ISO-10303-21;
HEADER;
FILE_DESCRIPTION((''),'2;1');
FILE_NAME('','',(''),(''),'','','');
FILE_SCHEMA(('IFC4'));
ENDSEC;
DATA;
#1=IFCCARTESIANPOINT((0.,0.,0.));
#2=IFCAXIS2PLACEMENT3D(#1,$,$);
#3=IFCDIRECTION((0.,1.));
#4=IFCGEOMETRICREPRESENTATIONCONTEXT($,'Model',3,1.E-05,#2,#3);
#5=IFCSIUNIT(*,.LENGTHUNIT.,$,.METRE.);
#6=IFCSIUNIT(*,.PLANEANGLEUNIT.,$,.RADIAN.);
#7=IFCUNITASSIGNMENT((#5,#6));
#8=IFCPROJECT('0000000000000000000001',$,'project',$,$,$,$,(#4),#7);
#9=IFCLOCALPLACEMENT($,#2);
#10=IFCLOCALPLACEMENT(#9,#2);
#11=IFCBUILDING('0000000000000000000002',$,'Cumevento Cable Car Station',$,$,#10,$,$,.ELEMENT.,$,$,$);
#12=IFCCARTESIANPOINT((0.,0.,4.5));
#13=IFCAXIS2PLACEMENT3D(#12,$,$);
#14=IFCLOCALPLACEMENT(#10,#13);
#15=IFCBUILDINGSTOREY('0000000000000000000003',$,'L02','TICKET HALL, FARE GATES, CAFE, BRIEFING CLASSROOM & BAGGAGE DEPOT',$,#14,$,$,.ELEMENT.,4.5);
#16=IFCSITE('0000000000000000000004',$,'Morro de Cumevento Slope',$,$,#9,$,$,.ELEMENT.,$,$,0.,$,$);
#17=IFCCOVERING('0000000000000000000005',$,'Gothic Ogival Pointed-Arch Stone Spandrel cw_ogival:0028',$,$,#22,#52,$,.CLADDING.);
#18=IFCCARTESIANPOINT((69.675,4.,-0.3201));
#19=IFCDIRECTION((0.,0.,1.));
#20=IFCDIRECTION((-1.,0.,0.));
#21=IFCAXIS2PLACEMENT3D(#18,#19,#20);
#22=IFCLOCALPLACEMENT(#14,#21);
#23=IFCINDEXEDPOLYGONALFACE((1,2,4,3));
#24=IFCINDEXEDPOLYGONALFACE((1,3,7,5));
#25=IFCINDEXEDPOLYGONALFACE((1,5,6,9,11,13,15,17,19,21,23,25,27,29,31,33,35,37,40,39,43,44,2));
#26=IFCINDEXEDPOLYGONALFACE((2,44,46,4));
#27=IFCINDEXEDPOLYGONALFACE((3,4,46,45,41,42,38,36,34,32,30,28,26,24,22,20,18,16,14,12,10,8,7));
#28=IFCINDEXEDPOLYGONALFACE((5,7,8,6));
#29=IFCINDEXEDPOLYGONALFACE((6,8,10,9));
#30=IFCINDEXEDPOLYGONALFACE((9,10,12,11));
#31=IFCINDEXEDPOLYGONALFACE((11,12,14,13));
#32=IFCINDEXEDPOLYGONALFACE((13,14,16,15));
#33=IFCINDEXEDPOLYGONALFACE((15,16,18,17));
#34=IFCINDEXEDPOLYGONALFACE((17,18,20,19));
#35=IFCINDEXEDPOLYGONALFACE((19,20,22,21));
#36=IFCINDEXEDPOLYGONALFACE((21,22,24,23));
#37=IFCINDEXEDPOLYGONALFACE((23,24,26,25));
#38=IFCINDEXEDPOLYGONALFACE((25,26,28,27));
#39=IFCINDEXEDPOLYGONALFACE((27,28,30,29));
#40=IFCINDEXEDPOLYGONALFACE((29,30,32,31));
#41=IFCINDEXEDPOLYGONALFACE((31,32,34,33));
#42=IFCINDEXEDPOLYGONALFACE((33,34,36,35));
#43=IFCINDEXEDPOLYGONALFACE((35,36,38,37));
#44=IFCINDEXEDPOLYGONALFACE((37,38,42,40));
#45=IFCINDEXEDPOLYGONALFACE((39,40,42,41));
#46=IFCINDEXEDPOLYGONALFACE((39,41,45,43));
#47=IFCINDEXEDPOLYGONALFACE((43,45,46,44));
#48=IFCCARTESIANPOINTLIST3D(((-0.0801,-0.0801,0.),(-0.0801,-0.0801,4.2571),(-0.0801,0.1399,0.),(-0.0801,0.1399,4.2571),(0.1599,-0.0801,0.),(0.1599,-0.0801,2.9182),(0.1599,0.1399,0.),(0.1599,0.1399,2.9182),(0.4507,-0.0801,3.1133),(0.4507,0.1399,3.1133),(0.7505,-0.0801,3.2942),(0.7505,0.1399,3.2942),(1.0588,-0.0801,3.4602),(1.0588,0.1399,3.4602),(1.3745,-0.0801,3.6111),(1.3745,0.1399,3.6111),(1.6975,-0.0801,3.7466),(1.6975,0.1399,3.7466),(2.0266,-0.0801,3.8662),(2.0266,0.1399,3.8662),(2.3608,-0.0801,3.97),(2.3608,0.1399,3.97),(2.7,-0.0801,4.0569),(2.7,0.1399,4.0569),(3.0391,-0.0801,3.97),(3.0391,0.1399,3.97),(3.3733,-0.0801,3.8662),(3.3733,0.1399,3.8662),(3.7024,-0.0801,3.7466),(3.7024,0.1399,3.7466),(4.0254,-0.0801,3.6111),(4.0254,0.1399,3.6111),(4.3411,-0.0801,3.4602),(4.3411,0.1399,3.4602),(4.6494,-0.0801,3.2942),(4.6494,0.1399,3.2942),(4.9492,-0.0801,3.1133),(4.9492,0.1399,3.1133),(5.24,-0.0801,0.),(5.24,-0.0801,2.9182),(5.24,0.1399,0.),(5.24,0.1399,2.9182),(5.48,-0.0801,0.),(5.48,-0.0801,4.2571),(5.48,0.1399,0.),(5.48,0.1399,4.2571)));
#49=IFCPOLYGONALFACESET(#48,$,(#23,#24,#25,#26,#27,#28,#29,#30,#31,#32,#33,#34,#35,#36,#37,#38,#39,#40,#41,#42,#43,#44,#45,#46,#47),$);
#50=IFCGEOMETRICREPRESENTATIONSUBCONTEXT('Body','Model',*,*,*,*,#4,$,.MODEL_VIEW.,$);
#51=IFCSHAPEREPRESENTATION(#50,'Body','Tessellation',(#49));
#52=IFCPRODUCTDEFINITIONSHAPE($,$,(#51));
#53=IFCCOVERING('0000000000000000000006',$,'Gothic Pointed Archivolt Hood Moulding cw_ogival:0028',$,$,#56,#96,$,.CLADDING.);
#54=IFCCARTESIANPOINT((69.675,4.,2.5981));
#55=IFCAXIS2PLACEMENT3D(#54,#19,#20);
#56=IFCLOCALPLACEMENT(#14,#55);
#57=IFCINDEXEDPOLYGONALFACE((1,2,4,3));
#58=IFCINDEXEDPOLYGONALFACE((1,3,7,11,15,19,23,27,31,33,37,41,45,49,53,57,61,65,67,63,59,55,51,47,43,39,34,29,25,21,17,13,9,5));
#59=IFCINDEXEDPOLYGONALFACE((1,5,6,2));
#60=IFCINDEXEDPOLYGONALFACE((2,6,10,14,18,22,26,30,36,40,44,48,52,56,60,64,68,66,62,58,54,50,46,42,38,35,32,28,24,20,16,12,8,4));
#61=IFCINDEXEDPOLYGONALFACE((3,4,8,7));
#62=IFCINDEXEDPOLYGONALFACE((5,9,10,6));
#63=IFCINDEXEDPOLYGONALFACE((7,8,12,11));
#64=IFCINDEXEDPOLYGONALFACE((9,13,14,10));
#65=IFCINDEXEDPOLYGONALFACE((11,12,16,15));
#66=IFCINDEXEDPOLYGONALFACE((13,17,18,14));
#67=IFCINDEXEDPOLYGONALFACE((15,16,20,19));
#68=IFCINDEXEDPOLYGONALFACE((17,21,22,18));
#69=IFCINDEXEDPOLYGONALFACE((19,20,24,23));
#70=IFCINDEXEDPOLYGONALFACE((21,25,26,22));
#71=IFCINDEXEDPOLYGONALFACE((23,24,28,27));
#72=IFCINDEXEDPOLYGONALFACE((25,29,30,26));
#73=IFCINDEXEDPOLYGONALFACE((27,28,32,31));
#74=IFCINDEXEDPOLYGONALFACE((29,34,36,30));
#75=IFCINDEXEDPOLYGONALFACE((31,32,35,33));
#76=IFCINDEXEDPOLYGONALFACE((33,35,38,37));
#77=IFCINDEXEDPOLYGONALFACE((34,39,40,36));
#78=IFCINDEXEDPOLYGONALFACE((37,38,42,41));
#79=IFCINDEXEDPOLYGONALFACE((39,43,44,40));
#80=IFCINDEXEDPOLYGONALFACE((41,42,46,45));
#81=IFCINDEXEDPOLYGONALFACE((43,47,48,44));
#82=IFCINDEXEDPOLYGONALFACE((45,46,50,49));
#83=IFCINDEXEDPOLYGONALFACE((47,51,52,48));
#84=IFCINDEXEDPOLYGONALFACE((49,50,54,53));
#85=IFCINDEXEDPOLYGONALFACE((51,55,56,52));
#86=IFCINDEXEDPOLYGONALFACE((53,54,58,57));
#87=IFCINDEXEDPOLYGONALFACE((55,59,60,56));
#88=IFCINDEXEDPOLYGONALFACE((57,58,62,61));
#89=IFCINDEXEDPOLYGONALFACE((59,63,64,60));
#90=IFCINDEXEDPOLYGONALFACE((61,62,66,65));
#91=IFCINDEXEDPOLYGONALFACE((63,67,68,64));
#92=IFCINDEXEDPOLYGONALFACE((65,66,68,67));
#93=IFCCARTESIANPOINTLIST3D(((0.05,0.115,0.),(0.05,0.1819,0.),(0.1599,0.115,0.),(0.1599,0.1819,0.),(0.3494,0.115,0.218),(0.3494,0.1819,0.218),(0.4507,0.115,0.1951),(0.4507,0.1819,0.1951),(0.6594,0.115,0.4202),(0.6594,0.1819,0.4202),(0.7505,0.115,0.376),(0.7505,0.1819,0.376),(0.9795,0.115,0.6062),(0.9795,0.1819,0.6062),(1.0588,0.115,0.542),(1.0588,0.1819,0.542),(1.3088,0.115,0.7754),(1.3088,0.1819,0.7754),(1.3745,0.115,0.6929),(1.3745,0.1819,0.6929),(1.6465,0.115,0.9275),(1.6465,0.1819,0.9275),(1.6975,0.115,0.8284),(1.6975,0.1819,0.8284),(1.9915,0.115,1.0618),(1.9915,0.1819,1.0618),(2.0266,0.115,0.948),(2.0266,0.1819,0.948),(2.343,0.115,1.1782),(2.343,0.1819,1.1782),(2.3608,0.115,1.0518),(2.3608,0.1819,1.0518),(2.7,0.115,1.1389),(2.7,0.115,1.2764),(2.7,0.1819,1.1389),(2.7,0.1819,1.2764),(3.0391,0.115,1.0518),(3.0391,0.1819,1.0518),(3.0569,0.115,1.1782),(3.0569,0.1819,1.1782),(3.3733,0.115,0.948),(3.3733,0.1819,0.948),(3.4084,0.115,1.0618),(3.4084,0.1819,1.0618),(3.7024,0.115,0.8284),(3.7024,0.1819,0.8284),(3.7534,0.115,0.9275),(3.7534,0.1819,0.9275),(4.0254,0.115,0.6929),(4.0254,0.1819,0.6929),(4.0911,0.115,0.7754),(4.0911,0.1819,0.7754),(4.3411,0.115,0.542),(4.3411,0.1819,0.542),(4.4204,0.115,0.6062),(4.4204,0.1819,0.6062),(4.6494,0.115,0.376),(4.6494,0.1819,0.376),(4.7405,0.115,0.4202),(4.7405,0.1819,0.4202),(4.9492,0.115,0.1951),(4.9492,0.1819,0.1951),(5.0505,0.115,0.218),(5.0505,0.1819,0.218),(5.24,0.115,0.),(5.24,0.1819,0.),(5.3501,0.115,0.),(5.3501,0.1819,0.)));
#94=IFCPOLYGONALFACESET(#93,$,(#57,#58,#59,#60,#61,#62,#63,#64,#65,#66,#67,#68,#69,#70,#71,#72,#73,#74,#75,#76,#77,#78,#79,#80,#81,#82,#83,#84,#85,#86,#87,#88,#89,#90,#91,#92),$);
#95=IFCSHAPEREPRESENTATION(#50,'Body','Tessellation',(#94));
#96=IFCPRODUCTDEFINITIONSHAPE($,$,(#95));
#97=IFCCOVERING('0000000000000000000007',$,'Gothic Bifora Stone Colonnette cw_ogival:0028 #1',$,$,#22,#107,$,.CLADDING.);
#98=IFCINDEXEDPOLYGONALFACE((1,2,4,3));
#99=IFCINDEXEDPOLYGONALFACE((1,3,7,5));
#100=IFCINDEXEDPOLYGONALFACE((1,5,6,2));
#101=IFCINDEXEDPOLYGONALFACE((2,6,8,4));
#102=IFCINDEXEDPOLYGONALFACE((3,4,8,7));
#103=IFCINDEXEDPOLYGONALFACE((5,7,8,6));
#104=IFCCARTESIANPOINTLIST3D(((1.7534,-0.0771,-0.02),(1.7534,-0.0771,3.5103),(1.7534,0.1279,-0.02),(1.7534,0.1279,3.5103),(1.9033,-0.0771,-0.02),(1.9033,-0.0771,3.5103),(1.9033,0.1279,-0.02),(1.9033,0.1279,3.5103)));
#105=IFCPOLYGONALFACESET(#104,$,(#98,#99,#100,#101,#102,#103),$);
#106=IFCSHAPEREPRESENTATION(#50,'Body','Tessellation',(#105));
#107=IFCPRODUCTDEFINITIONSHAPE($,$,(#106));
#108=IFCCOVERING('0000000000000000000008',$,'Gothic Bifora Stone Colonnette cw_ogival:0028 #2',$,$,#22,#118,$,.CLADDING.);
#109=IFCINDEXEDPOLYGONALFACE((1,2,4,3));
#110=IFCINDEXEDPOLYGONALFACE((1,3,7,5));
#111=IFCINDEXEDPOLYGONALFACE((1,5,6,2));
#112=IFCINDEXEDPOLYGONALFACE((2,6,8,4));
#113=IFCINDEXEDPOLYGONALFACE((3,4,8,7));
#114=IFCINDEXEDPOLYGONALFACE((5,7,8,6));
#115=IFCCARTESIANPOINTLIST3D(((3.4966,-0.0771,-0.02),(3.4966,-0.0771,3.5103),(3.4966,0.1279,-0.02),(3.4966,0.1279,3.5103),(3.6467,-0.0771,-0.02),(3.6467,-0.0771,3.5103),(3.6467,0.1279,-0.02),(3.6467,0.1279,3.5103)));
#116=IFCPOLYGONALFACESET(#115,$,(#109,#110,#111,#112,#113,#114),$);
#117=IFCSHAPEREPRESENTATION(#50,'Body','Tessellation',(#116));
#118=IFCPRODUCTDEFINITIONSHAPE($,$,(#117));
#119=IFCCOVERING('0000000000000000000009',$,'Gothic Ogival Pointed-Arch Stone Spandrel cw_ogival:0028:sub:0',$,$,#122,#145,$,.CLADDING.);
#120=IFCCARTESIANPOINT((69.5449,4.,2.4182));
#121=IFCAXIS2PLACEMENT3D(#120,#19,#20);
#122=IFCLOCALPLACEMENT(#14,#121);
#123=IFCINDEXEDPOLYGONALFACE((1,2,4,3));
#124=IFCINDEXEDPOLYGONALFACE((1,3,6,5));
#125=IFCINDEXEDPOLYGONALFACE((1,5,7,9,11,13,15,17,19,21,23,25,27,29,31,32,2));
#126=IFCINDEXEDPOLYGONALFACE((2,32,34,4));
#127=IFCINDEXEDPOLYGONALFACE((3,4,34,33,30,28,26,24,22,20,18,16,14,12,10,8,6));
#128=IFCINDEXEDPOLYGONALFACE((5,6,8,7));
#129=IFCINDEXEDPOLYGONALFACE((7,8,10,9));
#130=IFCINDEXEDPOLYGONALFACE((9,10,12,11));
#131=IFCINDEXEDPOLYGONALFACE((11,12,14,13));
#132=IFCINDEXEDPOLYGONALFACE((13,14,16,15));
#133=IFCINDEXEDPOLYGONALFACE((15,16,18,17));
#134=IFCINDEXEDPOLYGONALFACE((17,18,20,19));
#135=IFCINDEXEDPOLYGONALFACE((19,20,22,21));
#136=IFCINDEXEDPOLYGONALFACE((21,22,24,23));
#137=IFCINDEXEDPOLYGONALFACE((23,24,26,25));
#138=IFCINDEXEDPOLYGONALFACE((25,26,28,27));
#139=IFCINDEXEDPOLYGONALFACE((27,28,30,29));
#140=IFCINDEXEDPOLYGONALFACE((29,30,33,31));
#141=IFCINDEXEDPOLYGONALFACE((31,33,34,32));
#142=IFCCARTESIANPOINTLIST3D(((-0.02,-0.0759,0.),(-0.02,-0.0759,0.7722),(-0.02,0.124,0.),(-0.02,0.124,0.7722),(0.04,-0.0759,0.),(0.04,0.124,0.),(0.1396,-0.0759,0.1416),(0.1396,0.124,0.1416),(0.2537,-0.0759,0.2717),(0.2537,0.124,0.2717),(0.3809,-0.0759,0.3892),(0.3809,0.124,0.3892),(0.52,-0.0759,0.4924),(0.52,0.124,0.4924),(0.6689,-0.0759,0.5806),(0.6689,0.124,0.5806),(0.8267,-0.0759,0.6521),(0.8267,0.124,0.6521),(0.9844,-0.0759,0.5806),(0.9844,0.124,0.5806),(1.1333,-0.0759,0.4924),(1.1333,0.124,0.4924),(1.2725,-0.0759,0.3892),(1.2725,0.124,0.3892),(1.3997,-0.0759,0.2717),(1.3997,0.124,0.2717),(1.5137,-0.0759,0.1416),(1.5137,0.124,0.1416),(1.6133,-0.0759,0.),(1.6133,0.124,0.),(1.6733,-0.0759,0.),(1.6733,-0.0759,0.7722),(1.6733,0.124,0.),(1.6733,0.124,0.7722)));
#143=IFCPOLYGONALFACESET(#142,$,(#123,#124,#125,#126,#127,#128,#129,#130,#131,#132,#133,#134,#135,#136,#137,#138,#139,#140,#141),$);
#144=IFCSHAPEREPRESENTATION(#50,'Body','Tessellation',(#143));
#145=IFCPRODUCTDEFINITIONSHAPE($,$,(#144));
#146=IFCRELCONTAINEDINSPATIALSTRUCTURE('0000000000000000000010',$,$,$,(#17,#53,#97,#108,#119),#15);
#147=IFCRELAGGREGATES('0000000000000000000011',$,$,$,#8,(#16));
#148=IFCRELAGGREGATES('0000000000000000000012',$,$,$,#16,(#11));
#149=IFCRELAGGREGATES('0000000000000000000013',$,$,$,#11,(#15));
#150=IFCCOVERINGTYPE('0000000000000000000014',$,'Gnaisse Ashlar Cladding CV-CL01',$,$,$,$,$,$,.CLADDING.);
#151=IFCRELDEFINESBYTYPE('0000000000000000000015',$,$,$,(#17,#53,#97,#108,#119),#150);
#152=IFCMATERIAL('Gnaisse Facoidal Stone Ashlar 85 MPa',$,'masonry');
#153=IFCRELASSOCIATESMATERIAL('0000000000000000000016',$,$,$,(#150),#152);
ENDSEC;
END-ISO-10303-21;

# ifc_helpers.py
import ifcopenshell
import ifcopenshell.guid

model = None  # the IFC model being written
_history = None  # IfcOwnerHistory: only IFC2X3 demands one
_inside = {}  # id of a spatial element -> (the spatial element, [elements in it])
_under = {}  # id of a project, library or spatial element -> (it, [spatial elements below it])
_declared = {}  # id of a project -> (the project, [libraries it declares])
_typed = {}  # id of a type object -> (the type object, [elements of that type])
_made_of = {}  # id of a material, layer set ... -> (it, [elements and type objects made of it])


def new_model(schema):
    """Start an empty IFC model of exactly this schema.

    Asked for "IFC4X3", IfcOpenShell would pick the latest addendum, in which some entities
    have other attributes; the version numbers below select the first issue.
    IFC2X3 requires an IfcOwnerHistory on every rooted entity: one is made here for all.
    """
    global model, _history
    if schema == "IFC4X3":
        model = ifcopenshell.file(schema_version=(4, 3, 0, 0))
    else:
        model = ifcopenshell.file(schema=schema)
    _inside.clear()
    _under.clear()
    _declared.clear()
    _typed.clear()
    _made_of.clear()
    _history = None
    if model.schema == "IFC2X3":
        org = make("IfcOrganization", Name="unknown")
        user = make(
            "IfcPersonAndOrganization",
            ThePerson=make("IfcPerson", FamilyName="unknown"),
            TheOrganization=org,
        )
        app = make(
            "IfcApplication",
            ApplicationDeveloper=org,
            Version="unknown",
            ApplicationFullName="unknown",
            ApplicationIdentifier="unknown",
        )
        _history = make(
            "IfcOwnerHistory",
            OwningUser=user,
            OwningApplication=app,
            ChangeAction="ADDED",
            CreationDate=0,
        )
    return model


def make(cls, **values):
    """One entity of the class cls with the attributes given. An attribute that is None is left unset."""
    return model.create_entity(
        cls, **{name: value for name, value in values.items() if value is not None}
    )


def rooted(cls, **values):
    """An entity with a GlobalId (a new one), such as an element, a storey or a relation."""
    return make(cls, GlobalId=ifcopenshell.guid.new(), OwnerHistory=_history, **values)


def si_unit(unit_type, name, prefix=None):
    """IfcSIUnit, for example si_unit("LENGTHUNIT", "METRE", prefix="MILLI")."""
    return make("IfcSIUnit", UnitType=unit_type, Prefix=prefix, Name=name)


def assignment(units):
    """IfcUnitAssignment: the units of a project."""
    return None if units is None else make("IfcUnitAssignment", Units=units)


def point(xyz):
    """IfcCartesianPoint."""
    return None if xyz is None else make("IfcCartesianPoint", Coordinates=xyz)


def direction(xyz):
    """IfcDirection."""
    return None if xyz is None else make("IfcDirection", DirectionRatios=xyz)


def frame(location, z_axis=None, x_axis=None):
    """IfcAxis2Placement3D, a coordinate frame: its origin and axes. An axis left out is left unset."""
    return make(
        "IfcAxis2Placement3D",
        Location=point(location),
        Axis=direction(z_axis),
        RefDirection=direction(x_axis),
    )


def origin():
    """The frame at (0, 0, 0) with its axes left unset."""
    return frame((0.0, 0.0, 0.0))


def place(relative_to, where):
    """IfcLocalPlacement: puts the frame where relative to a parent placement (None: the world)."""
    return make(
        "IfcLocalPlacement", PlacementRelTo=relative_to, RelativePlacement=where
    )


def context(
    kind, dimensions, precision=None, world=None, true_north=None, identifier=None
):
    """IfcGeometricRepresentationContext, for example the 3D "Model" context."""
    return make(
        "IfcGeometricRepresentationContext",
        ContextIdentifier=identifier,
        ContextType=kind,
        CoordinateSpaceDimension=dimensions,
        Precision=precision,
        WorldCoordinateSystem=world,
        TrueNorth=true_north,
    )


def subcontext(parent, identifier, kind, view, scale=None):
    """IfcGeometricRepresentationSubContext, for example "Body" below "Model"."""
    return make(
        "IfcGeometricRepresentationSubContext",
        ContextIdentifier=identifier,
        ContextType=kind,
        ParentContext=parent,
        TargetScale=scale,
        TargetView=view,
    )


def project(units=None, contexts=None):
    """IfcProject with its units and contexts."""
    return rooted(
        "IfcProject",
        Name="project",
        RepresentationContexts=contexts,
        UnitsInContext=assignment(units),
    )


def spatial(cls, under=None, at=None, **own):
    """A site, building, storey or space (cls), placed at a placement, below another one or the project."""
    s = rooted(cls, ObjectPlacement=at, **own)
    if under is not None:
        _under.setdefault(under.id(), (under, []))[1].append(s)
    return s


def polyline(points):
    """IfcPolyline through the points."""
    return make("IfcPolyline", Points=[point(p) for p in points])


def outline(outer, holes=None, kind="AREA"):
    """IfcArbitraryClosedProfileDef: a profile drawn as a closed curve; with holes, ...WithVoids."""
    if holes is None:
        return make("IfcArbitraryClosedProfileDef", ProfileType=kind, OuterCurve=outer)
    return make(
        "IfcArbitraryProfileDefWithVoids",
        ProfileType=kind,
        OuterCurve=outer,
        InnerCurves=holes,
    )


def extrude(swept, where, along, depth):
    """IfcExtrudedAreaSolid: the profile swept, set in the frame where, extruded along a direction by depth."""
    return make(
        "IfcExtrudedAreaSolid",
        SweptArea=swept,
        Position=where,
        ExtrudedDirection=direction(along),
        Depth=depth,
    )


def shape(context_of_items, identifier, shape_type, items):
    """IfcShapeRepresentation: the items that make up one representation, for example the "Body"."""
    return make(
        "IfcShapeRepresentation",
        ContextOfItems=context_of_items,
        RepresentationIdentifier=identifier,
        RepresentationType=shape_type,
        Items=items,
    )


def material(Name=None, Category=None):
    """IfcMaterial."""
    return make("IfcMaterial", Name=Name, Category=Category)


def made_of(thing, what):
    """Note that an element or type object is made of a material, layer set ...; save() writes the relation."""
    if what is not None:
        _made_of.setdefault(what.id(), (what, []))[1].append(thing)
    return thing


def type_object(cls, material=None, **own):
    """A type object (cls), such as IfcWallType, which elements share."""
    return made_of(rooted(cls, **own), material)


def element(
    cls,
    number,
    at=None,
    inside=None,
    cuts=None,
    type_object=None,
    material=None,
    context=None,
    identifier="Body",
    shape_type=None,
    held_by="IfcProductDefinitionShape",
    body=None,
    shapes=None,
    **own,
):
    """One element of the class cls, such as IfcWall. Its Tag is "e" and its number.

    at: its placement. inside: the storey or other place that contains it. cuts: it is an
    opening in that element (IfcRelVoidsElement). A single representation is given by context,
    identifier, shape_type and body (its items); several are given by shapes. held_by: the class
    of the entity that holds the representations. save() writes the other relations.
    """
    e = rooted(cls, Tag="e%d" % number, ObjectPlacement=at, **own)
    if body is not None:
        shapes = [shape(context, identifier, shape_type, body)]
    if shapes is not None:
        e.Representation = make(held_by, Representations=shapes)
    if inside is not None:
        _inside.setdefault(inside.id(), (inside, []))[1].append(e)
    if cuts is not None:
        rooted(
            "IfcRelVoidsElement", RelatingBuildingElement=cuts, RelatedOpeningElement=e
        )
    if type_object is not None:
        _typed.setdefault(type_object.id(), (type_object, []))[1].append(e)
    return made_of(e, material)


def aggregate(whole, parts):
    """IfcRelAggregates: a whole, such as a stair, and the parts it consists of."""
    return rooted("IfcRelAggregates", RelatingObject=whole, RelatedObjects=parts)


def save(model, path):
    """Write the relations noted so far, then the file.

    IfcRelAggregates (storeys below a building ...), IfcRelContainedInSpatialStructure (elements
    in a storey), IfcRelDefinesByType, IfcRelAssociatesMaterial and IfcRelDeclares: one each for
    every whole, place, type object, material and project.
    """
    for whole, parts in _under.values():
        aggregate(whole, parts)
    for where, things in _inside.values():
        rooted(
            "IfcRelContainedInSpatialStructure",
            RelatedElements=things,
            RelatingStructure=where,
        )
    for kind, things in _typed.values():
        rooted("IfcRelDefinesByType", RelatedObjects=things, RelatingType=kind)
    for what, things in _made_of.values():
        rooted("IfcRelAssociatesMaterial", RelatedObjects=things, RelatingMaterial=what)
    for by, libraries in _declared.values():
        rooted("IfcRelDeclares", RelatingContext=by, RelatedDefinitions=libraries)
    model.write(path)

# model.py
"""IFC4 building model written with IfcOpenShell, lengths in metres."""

from ifc_helpers import new_model, si_unit, direction, frame, origin, place, context, subcontext, project, spatial, polyline, outline, extrude, material, type_object, element, save


model = new_model("IFC4")

# Units and contexts
model_context = context("Model", 3, precision=1e-05, world=origin(), true_north=direction((0.0, 1.0)))
body_context = subcontext(model_context, "Body", "Model", "MODEL_VIEW")
ifc_project = project(units=[si_unit("LENGTHUNIT", "METRE"), si_unit("PLANEANGLEUNIT", "RADIAN")], contexts=[model_context])

# Site, building, storey
site_placement = place(None, origin())
site = spatial("IfcSite", under=ifc_project, at=site_placement, Name="Morro de Cumevento Slope", CompositionType="ELEMENT", RefElevation=0.0)
building_placement = place(site_placement, origin())
building = spatial("IfcBuilding", under=site, at=building_placement, Name="Cumevento Cable Car Station", CompositionType="ELEMENT")
storey_placement = place(building_placement, frame((0.0, 0.0, 4.5)))
storey = spatial("IfcBuildingStorey", under=building, at=storey_placement, Name="L02", Description="TICKET HALL, FARE GATES, CAFE, BRIEFING CLASSROOM & BAGGAGE DEPOT", CompositionType="ELEMENT", Elevation=4.5)

# Coverings
ifc_material_1 = material(Name="Gnaisse Facoidal Stone Ashlar 85 MPa", Category="masonry")
covering_type = type_object("IfcCoveringType", Name="Gnaisse Ashlar Cladding CV-CL01", PredefinedType="CLADDING", material=ifc_material_1)
placement = place(storey_placement, frame((69.675, 4.0, -0.3201), z_axis=(0.0, 0.0, 1.0), x_axis=(-1.0, 0.0, 0.0)))
element("IfcCovering", 1, at=placement, inside=storey, type_object=covering_type, Name="Gothic Ogival Pointed-Arch Stone Spandrel cw_ogival:0028", PredefinedType="CLADDING", context=body_context, shape_type="SweptSolid", body=[
    extrude(outline(polyline([(-0.0801, 0.0), (-0.0801, 4.2571), (5.48, 4.2571), (5.48, 0.0), (5.24, 0.0), (5.24, 2.9182), (4.9492, 3.1133), (4.6494, 3.2942), (4.3411, 3.4602), (4.0254, 3.6111), (3.7024, 3.7466), (3.3733, 3.8662), (3.0391, 3.97), (2.7, 4.0569), (2.3608, 3.97), (2.0266, 3.8662), (1.6975, 3.7466), (1.3745, 3.6111), (1.0588, 3.4602), (0.7505, 3.2942), (0.4507, 3.1133), (0.1599, 2.9182), (0.1599, 0.0), (-0.0801, 0.0)])), frame((0.0, 0.1399, 0.0), z_axis=(0.0, -1.0, 0.0), x_axis=(1.0, 0.0, 0.0)), (0.0, 0.0, 1.0), 0.22),
])
covering_1_placement = place(storey_placement, frame((69.675, 4.0, 2.5981), z_axis=(0.0, 0.0, 1.0), x_axis=(-1.0, 0.0, 0.0)))
element("IfcCovering", 2, at=covering_1_placement, inside=storey, type_object=covering_type, Name="Gothic Pointed Archivolt Hood Moulding cw_ogival:0028", PredefinedType="CLADDING", context=body_context, shape_type="SweptSolid", body=[
    extrude(outline(polyline([(0.1599, 0.0), (0.4507, 0.1951), (0.7505, 0.376), (1.0588, 0.542), (1.3745, 0.6929), (1.6975, 0.8284), (2.0266, 0.948), (2.3608, 1.0518), (2.7, 1.1389), (3.0391, 1.0518), (3.3733, 0.948), (3.7024, 0.8284), (4.0254, 0.6929), (4.3411, 0.542), (4.6494, 0.376), (4.9492, 0.1951), (5.24, 0.0), (5.3501, 0.0), (5.0505, 0.218), (4.7405, 0.4202), (4.4204, 0.6062), (4.0911, 0.7754), (3.7534, 0.9275), (3.4084, 1.0618), (3.0569, 1.1782), (2.7, 1.2764), (2.343, 1.1782), (1.9915, 1.0618), (1.6465, 0.9275), (1.3088, 0.7754), (0.9795, 0.6062), (0.6594, 0.4202), (0.3494, 0.218), (0.05, 0.0), (0.1599, 0.0)])), frame((0.0, 0.1819, 0.0), z_axis=(0.0, -1.0, 0.0), x_axis=(1.0, 0.0, 0.0)), (0.0, 0.0, 1.0), 0.0669),
])
element("IfcCovering", 3, at=placement, inside=storey, type_object=covering_type, Name="Gothic Bifora Stone Colonnette cw_ogival:0028 #1", PredefinedType="CLADDING", context=body_context, shape_type="SweptSolid", body=[
    extrude(outline(polyline([(1.7534, -0.02), (1.9033, -0.02), (1.9033, 3.5103), (1.7534, 3.5103), (1.7534, -0.02)])), frame((0.0, 0.1279, 0.0), z_axis=(0.0, -1.0, 0.0), x_axis=(1.0, 0.0, 0.0)), (0.0, 0.0, 1.0), 0.2051),
])
element("IfcCovering", 4, at=placement, inside=storey, type_object=covering_type, Name="Gothic Bifora Stone Colonnette cw_ogival:0028 #2", PredefinedType="CLADDING", context=body_context, shape_type="SweptSolid", body=[
    extrude(outline(polyline([(3.4966, -0.02), (3.6467, -0.02), (3.6467, 3.5103), (3.4966, 3.5103), (3.4966, -0.02)])), frame((0.0, 0.1279, 0.0), z_axis=(0.0, -1.0, 0.0), x_axis=(1.0, 0.0, 0.0)), (0.0, 0.0, 1.0), 0.2051),
])
covering_2_placement = place(storey_placement, frame((69.5449, 4.0, 2.4182), z_axis=(0.0, 0.0, 1.0), x_axis=(-1.0, 0.0, 0.0)))
element("IfcCovering", 5, at=covering_2_placement, inside=storey, type_object=covering_type, Name="Gothic Ogival Pointed-Arch Stone Spandrel cw_ogival:0028:sub:0", PredefinedType="CLADDING", context=body_context, shape_type="SweptSolid", body=[
    extrude(outline(polyline([(-0.02, 0.0), (-0.02, 0.7722), (1.6733, 0.7722), (1.6733, 0.0), (1.6133, 0.0), (1.5137, 0.1416), (1.3997, 0.2717), (1.2725, 0.3892), (1.1333, 0.4924), (0.9844, 0.5806), (0.8267, 0.6521), (0.6689, 0.5806), (0.52, 0.4924), (0.3809, 0.3892), (0.2537, 0.2717), (0.1396, 0.1416), (0.04, 0.0), (-0.02, 0.0)])), frame((0.0, 0.124, 0.0), z_axis=(0.0, -1.0, 0.0), x_axis=(1.0, 0.0, 0.0)), (0.0, 0.0, 1.0), 0.2),
])

save(model, "model.ifc")
